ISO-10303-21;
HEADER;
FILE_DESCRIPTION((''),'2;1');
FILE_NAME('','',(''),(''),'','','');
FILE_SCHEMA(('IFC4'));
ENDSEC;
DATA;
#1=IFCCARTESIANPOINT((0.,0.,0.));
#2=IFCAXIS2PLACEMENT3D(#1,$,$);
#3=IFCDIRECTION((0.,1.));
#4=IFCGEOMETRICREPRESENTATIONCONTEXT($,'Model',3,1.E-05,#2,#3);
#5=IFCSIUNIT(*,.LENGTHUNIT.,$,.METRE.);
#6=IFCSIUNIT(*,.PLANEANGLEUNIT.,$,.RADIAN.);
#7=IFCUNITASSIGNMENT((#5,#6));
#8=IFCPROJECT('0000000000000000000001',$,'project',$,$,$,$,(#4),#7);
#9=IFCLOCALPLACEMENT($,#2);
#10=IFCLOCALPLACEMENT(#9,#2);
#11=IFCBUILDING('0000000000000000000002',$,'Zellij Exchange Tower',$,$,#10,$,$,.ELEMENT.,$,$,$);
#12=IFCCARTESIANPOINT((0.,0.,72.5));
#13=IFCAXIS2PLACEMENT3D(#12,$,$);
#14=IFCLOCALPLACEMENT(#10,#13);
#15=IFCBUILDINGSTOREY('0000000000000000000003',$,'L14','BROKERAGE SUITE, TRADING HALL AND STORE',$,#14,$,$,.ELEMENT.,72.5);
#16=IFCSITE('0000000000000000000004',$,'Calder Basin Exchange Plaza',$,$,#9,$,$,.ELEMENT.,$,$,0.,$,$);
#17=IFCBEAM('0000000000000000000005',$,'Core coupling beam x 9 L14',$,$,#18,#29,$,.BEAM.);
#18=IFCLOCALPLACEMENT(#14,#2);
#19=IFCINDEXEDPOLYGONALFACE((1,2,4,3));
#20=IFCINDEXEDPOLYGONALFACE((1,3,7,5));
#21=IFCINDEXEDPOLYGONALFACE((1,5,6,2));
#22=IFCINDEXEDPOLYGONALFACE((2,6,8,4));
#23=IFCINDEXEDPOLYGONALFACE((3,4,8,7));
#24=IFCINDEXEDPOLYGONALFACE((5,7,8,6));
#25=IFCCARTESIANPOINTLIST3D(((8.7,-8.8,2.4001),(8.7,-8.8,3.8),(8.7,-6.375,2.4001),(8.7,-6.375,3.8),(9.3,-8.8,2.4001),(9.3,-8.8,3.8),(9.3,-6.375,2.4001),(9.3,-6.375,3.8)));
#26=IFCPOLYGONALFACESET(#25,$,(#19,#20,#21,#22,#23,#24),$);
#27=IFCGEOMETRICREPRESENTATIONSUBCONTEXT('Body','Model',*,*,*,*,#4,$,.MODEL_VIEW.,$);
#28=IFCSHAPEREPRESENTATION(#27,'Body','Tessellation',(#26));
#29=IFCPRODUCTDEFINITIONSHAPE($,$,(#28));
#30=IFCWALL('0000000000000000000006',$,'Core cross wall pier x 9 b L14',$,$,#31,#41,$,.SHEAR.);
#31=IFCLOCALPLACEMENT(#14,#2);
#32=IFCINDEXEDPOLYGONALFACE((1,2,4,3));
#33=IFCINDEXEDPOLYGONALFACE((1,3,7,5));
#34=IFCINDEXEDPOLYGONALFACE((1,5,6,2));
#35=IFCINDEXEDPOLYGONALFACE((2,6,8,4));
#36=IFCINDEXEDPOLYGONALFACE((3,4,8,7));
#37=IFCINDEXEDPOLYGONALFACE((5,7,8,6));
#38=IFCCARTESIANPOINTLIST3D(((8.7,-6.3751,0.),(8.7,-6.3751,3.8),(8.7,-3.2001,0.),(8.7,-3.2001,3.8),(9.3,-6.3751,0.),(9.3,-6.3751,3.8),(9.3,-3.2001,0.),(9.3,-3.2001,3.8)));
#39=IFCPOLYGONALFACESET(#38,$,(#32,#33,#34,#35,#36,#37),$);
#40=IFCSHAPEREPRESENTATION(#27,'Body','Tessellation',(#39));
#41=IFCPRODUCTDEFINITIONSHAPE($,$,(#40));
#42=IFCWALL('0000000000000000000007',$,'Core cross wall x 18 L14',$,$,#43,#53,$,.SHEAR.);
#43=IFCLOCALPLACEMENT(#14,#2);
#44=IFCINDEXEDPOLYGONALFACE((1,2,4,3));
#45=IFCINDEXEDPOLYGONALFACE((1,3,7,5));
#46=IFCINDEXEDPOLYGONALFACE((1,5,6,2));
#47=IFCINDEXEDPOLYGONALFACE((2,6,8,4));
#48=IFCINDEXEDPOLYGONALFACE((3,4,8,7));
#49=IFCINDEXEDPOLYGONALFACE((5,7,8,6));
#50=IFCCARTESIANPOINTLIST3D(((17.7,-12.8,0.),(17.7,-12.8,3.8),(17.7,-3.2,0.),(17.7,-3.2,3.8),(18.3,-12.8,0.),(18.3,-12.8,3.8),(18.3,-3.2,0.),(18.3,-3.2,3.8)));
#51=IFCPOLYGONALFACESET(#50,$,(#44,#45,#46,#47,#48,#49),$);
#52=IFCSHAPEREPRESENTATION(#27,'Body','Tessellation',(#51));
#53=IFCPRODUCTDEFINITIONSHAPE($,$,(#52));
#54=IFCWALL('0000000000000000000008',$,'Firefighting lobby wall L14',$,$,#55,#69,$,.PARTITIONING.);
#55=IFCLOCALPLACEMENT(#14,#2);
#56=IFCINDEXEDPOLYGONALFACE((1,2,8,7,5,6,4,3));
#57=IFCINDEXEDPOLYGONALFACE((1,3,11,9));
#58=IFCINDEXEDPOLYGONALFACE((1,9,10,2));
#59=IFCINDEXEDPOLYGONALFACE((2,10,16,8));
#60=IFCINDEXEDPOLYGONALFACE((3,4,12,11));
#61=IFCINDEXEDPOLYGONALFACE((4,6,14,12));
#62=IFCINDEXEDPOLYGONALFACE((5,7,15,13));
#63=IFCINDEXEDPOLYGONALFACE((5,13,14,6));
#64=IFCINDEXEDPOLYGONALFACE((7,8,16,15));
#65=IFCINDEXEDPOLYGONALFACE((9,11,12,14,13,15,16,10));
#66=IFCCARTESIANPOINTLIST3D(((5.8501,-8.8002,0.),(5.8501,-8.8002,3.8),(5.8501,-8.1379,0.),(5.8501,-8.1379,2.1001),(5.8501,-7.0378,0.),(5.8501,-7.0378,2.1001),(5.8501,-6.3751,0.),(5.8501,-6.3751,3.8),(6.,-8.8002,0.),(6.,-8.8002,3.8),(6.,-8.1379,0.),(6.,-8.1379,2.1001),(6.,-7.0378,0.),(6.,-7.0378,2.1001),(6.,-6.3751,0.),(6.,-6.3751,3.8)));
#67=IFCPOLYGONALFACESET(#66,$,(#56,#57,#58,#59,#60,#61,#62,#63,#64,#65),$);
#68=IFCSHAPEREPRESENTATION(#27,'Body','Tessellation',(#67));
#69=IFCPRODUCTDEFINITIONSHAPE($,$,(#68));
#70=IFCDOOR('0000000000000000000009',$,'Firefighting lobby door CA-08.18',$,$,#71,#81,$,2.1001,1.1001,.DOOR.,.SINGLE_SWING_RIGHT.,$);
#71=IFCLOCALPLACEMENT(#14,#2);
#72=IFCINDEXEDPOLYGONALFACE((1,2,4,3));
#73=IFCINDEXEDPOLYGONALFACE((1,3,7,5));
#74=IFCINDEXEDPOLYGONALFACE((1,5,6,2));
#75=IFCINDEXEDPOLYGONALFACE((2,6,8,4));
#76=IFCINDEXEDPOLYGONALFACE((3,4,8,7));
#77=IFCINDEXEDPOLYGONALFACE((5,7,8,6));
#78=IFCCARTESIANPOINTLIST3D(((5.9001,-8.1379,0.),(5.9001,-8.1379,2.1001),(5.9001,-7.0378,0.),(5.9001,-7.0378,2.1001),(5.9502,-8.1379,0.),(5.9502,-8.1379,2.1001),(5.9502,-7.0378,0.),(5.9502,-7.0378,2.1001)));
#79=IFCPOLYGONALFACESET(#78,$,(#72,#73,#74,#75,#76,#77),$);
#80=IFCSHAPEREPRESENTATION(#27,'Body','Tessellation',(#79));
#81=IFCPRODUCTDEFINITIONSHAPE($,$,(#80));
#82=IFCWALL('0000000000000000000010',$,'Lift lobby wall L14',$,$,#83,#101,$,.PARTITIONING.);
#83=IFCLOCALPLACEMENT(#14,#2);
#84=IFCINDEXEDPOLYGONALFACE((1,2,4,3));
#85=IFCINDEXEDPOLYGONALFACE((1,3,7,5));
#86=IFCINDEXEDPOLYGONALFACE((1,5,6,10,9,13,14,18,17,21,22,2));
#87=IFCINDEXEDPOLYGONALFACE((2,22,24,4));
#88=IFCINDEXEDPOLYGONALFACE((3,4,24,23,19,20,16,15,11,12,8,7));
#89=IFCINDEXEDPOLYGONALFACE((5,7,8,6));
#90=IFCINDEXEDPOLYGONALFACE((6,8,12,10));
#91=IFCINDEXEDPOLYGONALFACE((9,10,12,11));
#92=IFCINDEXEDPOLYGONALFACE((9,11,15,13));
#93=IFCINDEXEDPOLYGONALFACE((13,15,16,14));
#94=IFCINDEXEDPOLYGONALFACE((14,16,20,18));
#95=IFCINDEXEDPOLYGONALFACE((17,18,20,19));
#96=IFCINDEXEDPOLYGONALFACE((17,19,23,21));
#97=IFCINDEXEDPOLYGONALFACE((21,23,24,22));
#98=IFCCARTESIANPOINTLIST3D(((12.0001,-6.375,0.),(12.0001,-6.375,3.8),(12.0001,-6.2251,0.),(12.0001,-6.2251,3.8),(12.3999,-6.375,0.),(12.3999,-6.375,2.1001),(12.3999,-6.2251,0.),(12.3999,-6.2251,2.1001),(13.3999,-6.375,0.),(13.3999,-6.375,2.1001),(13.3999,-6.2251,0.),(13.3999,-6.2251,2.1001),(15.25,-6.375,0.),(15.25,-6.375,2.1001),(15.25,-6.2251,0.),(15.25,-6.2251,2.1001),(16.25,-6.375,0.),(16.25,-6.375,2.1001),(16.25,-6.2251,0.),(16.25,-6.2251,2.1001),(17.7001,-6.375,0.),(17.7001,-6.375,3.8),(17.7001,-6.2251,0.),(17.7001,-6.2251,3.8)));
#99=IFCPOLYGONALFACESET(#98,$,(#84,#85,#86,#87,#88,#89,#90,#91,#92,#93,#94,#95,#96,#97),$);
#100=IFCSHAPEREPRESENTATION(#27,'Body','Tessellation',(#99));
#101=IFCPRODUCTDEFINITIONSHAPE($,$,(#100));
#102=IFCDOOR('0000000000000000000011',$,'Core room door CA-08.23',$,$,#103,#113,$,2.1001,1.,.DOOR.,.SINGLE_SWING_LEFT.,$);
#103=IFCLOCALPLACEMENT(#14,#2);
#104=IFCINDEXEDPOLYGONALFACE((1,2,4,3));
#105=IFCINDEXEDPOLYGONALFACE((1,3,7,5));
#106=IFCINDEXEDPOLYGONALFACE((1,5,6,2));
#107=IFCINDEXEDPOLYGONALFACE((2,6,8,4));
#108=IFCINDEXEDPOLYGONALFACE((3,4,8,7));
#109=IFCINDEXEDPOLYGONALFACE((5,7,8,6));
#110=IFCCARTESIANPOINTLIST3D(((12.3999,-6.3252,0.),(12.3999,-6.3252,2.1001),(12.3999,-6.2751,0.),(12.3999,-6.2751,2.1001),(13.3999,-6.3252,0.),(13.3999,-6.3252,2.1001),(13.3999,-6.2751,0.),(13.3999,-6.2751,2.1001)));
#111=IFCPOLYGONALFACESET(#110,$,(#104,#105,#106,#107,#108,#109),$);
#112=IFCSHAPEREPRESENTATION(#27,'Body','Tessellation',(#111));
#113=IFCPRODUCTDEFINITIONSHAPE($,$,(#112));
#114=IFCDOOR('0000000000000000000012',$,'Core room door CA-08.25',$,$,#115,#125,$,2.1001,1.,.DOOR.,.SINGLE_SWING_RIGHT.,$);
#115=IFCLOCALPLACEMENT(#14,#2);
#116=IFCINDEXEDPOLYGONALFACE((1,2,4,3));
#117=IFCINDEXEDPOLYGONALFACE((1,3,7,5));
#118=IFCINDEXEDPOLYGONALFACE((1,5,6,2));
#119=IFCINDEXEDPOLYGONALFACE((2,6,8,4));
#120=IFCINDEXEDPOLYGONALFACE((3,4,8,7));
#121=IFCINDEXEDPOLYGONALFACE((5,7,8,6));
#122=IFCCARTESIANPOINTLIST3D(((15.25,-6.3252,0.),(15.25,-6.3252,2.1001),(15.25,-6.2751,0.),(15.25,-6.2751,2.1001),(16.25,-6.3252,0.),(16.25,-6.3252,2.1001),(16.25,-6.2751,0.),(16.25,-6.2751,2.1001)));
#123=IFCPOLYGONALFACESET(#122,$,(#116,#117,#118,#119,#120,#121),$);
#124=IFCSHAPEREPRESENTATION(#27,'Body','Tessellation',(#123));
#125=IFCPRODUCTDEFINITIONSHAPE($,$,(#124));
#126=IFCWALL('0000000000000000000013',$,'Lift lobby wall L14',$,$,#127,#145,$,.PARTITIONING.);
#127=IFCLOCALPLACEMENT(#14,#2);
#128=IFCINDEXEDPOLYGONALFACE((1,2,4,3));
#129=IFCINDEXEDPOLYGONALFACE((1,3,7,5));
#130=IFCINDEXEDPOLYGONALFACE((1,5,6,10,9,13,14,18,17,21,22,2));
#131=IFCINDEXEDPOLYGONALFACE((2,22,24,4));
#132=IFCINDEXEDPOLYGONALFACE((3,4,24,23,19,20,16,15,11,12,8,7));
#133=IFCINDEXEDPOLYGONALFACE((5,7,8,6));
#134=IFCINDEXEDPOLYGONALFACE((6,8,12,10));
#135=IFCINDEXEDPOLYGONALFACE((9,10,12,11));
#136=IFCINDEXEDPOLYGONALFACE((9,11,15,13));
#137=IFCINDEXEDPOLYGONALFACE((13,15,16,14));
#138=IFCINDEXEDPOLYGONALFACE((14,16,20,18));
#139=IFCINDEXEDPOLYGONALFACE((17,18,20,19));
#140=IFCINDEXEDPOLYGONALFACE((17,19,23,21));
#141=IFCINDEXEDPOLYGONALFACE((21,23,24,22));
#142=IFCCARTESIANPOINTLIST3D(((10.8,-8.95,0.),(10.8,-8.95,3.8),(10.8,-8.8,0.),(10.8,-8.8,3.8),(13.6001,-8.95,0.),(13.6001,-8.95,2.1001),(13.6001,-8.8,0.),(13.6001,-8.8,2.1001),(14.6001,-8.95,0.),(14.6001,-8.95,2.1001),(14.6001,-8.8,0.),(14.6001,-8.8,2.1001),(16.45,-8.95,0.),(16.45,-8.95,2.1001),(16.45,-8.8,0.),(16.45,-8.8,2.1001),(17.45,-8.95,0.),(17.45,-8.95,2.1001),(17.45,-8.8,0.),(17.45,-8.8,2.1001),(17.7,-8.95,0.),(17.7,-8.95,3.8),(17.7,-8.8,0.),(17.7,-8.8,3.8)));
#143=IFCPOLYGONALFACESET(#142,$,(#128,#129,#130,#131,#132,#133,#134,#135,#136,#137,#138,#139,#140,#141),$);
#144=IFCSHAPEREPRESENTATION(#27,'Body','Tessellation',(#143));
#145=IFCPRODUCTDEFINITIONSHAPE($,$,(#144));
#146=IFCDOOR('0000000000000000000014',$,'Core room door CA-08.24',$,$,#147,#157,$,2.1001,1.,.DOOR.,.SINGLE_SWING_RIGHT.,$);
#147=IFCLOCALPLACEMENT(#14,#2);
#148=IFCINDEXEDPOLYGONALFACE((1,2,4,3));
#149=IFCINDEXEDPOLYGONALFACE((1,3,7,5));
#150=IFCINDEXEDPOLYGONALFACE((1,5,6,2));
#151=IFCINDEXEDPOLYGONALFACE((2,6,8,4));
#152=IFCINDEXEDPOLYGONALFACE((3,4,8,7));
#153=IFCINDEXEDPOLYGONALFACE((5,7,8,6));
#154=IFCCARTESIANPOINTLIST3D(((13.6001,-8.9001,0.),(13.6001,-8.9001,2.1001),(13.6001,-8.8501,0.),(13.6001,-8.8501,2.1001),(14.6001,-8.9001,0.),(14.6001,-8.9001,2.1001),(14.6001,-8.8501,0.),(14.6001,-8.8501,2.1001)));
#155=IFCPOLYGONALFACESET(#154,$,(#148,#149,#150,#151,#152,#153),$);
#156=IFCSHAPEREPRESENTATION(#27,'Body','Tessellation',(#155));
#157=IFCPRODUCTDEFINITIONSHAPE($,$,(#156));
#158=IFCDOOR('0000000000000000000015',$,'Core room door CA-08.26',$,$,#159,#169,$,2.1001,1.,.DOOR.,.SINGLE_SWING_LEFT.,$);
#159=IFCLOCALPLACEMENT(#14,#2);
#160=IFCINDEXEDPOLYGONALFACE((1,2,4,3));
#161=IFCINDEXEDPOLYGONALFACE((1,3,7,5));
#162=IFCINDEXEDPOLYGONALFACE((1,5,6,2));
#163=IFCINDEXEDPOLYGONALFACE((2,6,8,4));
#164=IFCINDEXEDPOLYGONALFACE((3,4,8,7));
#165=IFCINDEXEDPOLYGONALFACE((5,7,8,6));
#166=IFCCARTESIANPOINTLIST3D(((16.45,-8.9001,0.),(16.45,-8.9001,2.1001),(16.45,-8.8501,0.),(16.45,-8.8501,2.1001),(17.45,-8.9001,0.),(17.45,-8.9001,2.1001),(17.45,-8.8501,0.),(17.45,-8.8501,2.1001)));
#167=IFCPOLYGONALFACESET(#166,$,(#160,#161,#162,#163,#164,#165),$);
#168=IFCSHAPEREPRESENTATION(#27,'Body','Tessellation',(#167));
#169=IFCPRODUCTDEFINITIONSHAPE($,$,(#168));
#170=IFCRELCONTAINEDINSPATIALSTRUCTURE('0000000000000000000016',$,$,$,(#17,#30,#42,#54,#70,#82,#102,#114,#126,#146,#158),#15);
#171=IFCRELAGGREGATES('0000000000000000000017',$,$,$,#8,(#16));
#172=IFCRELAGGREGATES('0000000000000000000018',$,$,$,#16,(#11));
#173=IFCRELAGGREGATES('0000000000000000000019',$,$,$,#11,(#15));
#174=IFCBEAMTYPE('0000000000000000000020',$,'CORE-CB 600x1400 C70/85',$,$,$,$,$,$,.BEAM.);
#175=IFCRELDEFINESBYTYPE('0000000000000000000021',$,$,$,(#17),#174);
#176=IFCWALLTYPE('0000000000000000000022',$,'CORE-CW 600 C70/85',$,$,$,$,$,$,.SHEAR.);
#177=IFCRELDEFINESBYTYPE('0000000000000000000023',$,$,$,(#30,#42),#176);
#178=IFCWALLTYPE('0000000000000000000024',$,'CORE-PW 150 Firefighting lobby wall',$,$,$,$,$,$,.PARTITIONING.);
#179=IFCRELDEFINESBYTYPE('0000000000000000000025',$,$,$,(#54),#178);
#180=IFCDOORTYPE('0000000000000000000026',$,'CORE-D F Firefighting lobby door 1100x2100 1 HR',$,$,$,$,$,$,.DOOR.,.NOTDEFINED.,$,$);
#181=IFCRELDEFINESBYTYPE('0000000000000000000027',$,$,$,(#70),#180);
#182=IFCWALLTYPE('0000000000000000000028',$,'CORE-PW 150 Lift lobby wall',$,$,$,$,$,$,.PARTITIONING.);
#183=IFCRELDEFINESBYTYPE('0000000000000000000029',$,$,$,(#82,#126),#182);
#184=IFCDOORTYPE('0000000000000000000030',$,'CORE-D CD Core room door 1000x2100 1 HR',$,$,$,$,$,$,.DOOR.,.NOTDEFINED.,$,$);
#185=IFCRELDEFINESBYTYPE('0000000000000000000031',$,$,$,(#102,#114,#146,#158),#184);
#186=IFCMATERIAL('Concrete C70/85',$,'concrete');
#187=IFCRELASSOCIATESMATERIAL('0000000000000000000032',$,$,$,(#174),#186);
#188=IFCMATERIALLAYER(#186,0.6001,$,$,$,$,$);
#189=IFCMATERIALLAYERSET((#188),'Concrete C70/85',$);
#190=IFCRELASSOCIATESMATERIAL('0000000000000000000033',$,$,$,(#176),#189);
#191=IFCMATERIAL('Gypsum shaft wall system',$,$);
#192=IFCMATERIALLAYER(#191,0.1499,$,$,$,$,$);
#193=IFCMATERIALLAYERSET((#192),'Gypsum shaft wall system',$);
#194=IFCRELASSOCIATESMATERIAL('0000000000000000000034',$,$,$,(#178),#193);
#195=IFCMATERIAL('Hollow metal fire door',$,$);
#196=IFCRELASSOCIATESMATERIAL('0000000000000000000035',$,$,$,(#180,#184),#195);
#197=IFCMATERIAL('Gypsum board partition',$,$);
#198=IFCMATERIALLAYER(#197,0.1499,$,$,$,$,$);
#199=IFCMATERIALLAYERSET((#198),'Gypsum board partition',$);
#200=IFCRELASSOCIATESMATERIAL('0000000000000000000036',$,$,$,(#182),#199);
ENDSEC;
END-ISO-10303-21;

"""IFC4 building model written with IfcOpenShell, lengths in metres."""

from ifc_helpers import new_model, si_unit, direction, frame, frame_2d, origin, origin_2d, place, context, subcontext, project, spatial, rectangle, extrude, material, layer, layer_set, material_profile, profile_set, type_object, element, fill, save


model = new_model("IFC4")

# Units and contexts
model_context = context("Model", 3, precision=1e-05, world=origin(), true_north=direction((0.0, 1.0)))
body_context = subcontext(model_context, "Body", "Model", "MODEL_VIEW")
ifc_project = project(units=[si_unit("LENGTHUNIT", "METRE"), si_unit("PLANEANGLEUNIT", "RADIAN")], contexts=[model_context])

# Site, building, storey
site_placement = place(None, origin())
site = spatial("IfcSite", under=ifc_project, at=site_placement, Name="Calder Basin Exchange Plaza", CompositionType="ELEMENT", RefElevation=0.0)
building_placement = place(site_placement, origin())
building = spatial("IfcBuilding", under=site, at=building_placement, Name="Zellij Exchange Tower", CompositionType="ELEMENT")
storey_placement = place(building_placement, frame((0.0, 0.0, 72.5)))
storey = spatial("IfcBuildingStorey", under=building, at=storey_placement, Name="L14", Description="BROKERAGE SUITE, TRADING HALL AND STORE", CompositionType="ELEMENT", Elevation=72.5)

# Beam
ifc_material_1 = material(Name="Concrete C70/85", Category="concrete")
ifc_material_profile = material_profile(ifc_material_1, rectangle(XDim=0.6001, YDim=1.3999, at=origin_2d()), Name="CORE-CB 600x1400 C70/85")
ifc_profile_set = profile_set([ifc_material_profile], Name="Concrete C70/85")
beam_type = type_object("IfcBeamType", Name="CORE-CB 600x1400 C70/85", PredefinedType="BEAM", material=ifc_profile_set)
beam_placement = place(storey_placement, frame((9.0, -8.8, 3.1001), z_axis=(0.0, 1.0, 0.0), x_axis=(-1.0, 0.0, 0.0)))
element("IfcBeam", 1, at=beam_placement, inside=storey, type_object=beam_type, Name="Core coupling beam x 9 L14", PredefinedType="BEAM", context=body_context, shape_type="SweptSolid", body=[
    extrude(rectangle(XDim=0.6001, YDim=1.3999, at=origin_2d()), origin(), (0.0, 0.0, 1.0), 2.425),
])

# Walls
ifc_layer_1 = layer(ifc_material_1, 0.6001)
ifc_layer_set_1 = layer_set([ifc_layer_1], Name="Concrete C70/85")
wall_type_1 = type_object("IfcWallType", Name="CORE-CW 600 C70/85", PredefinedType="SHEAR", material=ifc_layer_set_1)
wall_1_placement = place(storey_placement, frame((9.0, -6.375, 0.0), z_axis=(0.0, 0.0, 1.0), x_axis=(0.0, 1.0, 0.0)))
element("IfcWall", 2, at=wall_1_placement, inside=storey, type_object=wall_type_1, Name="Core cross wall pier x 9 b L14", PredefinedType="SHEAR", context=body_context, shape_type="SweptSolid", body=[
    extrude(rectangle(XDim=3.175, YDim=0.6001, at=frame_2d((1.5874, 0.0))), origin(), (0.0, 0.0, 1.0), 3.8),
])
wall_2_placement = place(storey_placement, frame((18.0, -12.8, 0.0), z_axis=(0.0, 0.0, 1.0), x_axis=(0.0, 1.0, 0.0)))
element("IfcWall", 3, at=wall_2_placement, inside=storey, type_object=wall_type_1, Name="Core cross wall x 18 L14", PredefinedType="SHEAR", context=body_context, shape_type="SweptSolid", body=[
    extrude(rectangle(XDim=9.6001, YDim=0.6001, at=frame_2d((4.8, 0.0))), origin(), (0.0, 0.0, 1.0), 3.8),
])

# Wall, opening, door
ifc_material_2 = material(Name="Gypsum shaft wall system")
ifc_layer_2 = layer(ifc_material_2, 0.1499)
ifc_layer_set_2 = layer_set([ifc_layer_2], Name="Gypsum shaft wall system")
wall_type_2 = type_object("IfcWallType", Name="CORE-PW 150 Firefighting lobby wall", PredefinedType="PARTITIONING", material=ifc_layer_set_2)
wall_3_placement = place(storey_placement, frame((5.925, -8.8, 0.0), z_axis=(0.0, 0.0, 1.0), x_axis=(0.0, 1.0, 0.0)))
wall_3 = element("IfcWall", 4, at=wall_3_placement, inside=storey, type_object=wall_type_2, Name="Firefighting lobby wall L14", PredefinedType="PARTITIONING", context=body_context, shape_type="SweptSolid", body=[
    extrude(rectangle(XDim=2.425, YDim=0.1499, at=frame_2d((1.2124, 0.0))), origin(), (0.0, 0.0, 1.0), 3.8),
])
opening_1_placement = place(wall_3_placement, frame((0.6621, 0.0, 0.0)))
opening_1 = element("IfcOpeningElement", 5, at=opening_1_placement, cuts=wall_3, PredefinedType="OPENING", context=body_context, shape_type="SweptSolid", body=[
    extrude(rectangle(XDim=1.1001, YDim=2.1001, at=frame_2d((0.55, 1.05))), frame((0.0, 0.0869, 0.0), z_axis=(0.0, -1.0, 0.0), x_axis=(1.0, 0.0, 0.0)), (0.0, 0.0, 1.0), 0.1738),
])
ifc_material_3 = material(Name="Hollow metal fire door")
door_type_1 = type_object("IfcDoorType", Name="CORE-D F Firefighting lobby door 1100x2100 1 HR", OperationType="NOTDEFINED", PredefinedType="DOOR", material=ifc_material_3)
door_1_placement = place(opening_1_placement, origin())
door_1 = element("IfcDoor", 6, at=door_1_placement, inside=storey, type_object=door_type_1, Name="Firefighting lobby door CA-08.18", OperationType="SINGLE_SWING_RIGHT", OverallHeight=2.1001, OverallWidth=1.1001, PredefinedType="DOOR", context=body_context, shape_type="SweptSolid", body=[
    extrude(rectangle(XDim=1.1001, YDim=2.1001, at=frame_2d((0.55, 1.05))), frame((0.0, 0.0249, 0.0), z_axis=(0.0, -1.0, 0.0), x_axis=(1.0, 0.0, 0.0)), (0.0, 0.0, 1.0), 0.05),
])
fill(opening_1, door_1)

# Walls, openings, doors
ifc_material_4 = material(Name="Gypsum board partition")
ifc_layer_3 = layer(ifc_material_4, 0.1499)
ifc_layer_set_3 = layer_set([ifc_layer_3], Name="Gypsum board partition")
wall_type_3 = type_object("IfcWallType", Name="CORE-PW 150 Lift lobby wall", PredefinedType="PARTITIONING", material=ifc_layer_set_3)
wall_4_placement = place(storey_placement, frame((12.0, -6.3, 0.0), z_axis=(0.0, 0.0, 1.0), x_axis=(1.0, 0.0, 0.0)))
wall_4 = element("IfcWall", 7, at=wall_4_placement, inside=storey, type_object=wall_type_3, Name="Lift lobby wall L14", PredefinedType="PARTITIONING", context=body_context, shape_type="SweptSolid", body=[
    extrude(rectangle(XDim=5.7, YDim=0.1499, at=frame_2d((2.8501, 0.0))), origin(), (0.0, 0.0, 1.0), 3.8),
])
opening_2_placement = place(wall_4_placement, frame((0.3999, 0.0, 0.0)))
opening_2 = element("IfcOpeningElement", 8, at=opening_2_placement, cuts=wall_4, PredefinedType="OPENING", context=body_context, shape_type="SweptSolid", body=[
    extrude(rectangle(XDim=1.0, YDim=2.1001, at=frame_2d((0.5, 1.05))), frame((0.0, 0.0869, 0.0), z_axis=(0.0, -1.0, 0.0), x_axis=(1.0, 0.0, 0.0)), (0.0, 0.0, 1.0), 0.1738),
])
opening_3_placement = place(wall_4_placement, frame((3.25, 0.0, 0.0)))
opening_3 = element("IfcOpeningElement", 9, at=opening_3_placement, cuts=wall_4, PredefinedType="OPENING", context=body_context, shape_type="SweptSolid", body=[
    extrude(rectangle(XDim=1.0, YDim=2.1001, at=frame_2d((0.5, 1.05))), frame((0.0, 0.0869, 0.0), z_axis=(0.0, -1.0, 0.0), x_axis=(1.0, 0.0, 0.0)), (0.0, 0.0, 1.0), 0.1738),
])
door_type_2 = type_object("IfcDoorType", Name="CORE-D CD Core room door 1000x2100 1 HR", OperationType="NOTDEFINED", PredefinedType="DOOR", material=ifc_material_3)
door_2_placement = place(opening_2_placement, origin())
door_2 = element("IfcDoor", 10, at=door_2_placement, inside=storey, type_object=door_type_2, Name="Core room door CA-08.23", OperationType="SINGLE_SWING_LEFT", OverallHeight=2.1001, OverallWidth=1.0, PredefinedType="DOOR", context=body_context, shape_type="SweptSolid", body=[
    extrude(rectangle(XDim=1.0, YDim=2.1001, at=frame_2d((0.5, 1.05))), frame((0.0, 0.0249, 0.0), z_axis=(0.0, -1.0, 0.0), x_axis=(1.0, 0.0, 0.0)), (0.0, 0.0, 1.0), 0.05),
])
fill(opening_2, door_2)
door_3_placement = place(opening_3_placement, origin())
door_3 = element("IfcDoor", 11, at=door_3_placement, inside=storey, type_object=door_type_2, Name="Core room door CA-08.25", OperationType="SINGLE_SWING_RIGHT", OverallHeight=2.1001, OverallWidth=1.0, PredefinedType="DOOR", context=body_context, shape_type="SweptSolid", body=[
    extrude(rectangle(XDim=1.0, YDim=2.1001, at=frame_2d((0.5, 1.05))), frame((0.0, 0.0249, 0.0), z_axis=(0.0, -1.0, 0.0), x_axis=(1.0, 0.0, 0.0)), (0.0, 0.0, 1.0), 0.05),
])
fill(opening_3, door_3)
wall_5_placement = place(storey_placement, frame((10.8, -8.875, 0.0), z_axis=(0.0, 0.0, 1.0), x_axis=(1.0, 0.0, 0.0)))
wall_5 = element("IfcWall", 12, at=wall_5_placement, inside=storey, type_object=wall_type_3, Name="Lift lobby wall L14", PredefinedType="PARTITIONING", context=body_context, shape_type="SweptSolid", body=[
    extrude(rectangle(XDim=6.8999, YDim=0.1499, at=frame_2d((3.45, 0.0))), origin(), (0.0, 0.0, 1.0), 3.8),
])
opening_4_placement = place(wall_5_placement, frame((2.8, 0.0, 0.0)))
opening_4 = element("IfcOpeningElement", 13, at=opening_4_placement, cuts=wall_5, PredefinedType="OPENING", context=body_context, shape_type="SweptSolid", body=[
    extrude(rectangle(XDim=1.0, YDim=2.1001, at=frame_2d((0.5, 1.05))), frame((0.0, 0.0869, 0.0), z_axis=(0.0, -1.0, 0.0), x_axis=(1.0, 0.0, 0.0)), (0.0, 0.0, 1.0), 0.1738),
])
opening_5_placement = place(wall_5_placement, frame((5.6499, 0.0, 0.0)))
opening_5 = element("IfcOpeningElement", 14, at=opening_5_placement, cuts=wall_5, PredefinedType="OPENING", context=body_context, shape_type="SweptSolid", body=[
    extrude(rectangle(XDim=1.0, YDim=2.1001, at=frame_2d((0.5, 1.05))), frame((0.0, 0.0869, 0.0), z_axis=(0.0, -1.0, 0.0), x_axis=(1.0, 0.0, 0.0)), (0.0, 0.0, 1.0), 0.1738),
])
door_4_placement = place(opening_4_placement, origin())
door_4 = element("IfcDoor", 15, at=door_4_placement, inside=storey, type_object=door_type_2, Name="Core room door CA-08.24", OperationType="SINGLE_SWING_RIGHT", OverallHeight=2.1001, OverallWidth=1.0, PredefinedType="DOOR", context=body_context, shape_type="SweptSolid", body=[
    extrude(rectangle(XDim=1.0, YDim=2.1001, at=frame_2d((0.5, 1.05))), frame((0.0, 0.0249, 0.0), z_axis=(0.0, -1.0, 0.0), x_axis=(1.0, 0.0, 0.0)), (0.0, 0.0, 1.0), 0.05),
])
fill(opening_4, door_4)
door_5_placement = place(opening_5_placement, origin())
door_5 = element("IfcDoor", 16, at=door_5_placement, inside=storey, type_object=door_type_2, Name="Core room door CA-08.26", OperationType="SINGLE_SWING_LEFT", OverallHeight=2.1001, OverallWidth=1.0, PredefinedType="DOOR", context=body_context, shape_type="SweptSolid", body=[
    extrude(rectangle(XDim=1.0, YDim=2.1001, at=frame_2d((0.5, 1.05))), frame((0.0, 0.0249, 0.0), z_axis=(0.0, -1.0, 0.0), x_axis=(1.0, 0.0, 0.0)), (0.0, 0.0, 1.0), 0.05),
])
fill(opening_5, door_5)

save(model, "model.ifc")
